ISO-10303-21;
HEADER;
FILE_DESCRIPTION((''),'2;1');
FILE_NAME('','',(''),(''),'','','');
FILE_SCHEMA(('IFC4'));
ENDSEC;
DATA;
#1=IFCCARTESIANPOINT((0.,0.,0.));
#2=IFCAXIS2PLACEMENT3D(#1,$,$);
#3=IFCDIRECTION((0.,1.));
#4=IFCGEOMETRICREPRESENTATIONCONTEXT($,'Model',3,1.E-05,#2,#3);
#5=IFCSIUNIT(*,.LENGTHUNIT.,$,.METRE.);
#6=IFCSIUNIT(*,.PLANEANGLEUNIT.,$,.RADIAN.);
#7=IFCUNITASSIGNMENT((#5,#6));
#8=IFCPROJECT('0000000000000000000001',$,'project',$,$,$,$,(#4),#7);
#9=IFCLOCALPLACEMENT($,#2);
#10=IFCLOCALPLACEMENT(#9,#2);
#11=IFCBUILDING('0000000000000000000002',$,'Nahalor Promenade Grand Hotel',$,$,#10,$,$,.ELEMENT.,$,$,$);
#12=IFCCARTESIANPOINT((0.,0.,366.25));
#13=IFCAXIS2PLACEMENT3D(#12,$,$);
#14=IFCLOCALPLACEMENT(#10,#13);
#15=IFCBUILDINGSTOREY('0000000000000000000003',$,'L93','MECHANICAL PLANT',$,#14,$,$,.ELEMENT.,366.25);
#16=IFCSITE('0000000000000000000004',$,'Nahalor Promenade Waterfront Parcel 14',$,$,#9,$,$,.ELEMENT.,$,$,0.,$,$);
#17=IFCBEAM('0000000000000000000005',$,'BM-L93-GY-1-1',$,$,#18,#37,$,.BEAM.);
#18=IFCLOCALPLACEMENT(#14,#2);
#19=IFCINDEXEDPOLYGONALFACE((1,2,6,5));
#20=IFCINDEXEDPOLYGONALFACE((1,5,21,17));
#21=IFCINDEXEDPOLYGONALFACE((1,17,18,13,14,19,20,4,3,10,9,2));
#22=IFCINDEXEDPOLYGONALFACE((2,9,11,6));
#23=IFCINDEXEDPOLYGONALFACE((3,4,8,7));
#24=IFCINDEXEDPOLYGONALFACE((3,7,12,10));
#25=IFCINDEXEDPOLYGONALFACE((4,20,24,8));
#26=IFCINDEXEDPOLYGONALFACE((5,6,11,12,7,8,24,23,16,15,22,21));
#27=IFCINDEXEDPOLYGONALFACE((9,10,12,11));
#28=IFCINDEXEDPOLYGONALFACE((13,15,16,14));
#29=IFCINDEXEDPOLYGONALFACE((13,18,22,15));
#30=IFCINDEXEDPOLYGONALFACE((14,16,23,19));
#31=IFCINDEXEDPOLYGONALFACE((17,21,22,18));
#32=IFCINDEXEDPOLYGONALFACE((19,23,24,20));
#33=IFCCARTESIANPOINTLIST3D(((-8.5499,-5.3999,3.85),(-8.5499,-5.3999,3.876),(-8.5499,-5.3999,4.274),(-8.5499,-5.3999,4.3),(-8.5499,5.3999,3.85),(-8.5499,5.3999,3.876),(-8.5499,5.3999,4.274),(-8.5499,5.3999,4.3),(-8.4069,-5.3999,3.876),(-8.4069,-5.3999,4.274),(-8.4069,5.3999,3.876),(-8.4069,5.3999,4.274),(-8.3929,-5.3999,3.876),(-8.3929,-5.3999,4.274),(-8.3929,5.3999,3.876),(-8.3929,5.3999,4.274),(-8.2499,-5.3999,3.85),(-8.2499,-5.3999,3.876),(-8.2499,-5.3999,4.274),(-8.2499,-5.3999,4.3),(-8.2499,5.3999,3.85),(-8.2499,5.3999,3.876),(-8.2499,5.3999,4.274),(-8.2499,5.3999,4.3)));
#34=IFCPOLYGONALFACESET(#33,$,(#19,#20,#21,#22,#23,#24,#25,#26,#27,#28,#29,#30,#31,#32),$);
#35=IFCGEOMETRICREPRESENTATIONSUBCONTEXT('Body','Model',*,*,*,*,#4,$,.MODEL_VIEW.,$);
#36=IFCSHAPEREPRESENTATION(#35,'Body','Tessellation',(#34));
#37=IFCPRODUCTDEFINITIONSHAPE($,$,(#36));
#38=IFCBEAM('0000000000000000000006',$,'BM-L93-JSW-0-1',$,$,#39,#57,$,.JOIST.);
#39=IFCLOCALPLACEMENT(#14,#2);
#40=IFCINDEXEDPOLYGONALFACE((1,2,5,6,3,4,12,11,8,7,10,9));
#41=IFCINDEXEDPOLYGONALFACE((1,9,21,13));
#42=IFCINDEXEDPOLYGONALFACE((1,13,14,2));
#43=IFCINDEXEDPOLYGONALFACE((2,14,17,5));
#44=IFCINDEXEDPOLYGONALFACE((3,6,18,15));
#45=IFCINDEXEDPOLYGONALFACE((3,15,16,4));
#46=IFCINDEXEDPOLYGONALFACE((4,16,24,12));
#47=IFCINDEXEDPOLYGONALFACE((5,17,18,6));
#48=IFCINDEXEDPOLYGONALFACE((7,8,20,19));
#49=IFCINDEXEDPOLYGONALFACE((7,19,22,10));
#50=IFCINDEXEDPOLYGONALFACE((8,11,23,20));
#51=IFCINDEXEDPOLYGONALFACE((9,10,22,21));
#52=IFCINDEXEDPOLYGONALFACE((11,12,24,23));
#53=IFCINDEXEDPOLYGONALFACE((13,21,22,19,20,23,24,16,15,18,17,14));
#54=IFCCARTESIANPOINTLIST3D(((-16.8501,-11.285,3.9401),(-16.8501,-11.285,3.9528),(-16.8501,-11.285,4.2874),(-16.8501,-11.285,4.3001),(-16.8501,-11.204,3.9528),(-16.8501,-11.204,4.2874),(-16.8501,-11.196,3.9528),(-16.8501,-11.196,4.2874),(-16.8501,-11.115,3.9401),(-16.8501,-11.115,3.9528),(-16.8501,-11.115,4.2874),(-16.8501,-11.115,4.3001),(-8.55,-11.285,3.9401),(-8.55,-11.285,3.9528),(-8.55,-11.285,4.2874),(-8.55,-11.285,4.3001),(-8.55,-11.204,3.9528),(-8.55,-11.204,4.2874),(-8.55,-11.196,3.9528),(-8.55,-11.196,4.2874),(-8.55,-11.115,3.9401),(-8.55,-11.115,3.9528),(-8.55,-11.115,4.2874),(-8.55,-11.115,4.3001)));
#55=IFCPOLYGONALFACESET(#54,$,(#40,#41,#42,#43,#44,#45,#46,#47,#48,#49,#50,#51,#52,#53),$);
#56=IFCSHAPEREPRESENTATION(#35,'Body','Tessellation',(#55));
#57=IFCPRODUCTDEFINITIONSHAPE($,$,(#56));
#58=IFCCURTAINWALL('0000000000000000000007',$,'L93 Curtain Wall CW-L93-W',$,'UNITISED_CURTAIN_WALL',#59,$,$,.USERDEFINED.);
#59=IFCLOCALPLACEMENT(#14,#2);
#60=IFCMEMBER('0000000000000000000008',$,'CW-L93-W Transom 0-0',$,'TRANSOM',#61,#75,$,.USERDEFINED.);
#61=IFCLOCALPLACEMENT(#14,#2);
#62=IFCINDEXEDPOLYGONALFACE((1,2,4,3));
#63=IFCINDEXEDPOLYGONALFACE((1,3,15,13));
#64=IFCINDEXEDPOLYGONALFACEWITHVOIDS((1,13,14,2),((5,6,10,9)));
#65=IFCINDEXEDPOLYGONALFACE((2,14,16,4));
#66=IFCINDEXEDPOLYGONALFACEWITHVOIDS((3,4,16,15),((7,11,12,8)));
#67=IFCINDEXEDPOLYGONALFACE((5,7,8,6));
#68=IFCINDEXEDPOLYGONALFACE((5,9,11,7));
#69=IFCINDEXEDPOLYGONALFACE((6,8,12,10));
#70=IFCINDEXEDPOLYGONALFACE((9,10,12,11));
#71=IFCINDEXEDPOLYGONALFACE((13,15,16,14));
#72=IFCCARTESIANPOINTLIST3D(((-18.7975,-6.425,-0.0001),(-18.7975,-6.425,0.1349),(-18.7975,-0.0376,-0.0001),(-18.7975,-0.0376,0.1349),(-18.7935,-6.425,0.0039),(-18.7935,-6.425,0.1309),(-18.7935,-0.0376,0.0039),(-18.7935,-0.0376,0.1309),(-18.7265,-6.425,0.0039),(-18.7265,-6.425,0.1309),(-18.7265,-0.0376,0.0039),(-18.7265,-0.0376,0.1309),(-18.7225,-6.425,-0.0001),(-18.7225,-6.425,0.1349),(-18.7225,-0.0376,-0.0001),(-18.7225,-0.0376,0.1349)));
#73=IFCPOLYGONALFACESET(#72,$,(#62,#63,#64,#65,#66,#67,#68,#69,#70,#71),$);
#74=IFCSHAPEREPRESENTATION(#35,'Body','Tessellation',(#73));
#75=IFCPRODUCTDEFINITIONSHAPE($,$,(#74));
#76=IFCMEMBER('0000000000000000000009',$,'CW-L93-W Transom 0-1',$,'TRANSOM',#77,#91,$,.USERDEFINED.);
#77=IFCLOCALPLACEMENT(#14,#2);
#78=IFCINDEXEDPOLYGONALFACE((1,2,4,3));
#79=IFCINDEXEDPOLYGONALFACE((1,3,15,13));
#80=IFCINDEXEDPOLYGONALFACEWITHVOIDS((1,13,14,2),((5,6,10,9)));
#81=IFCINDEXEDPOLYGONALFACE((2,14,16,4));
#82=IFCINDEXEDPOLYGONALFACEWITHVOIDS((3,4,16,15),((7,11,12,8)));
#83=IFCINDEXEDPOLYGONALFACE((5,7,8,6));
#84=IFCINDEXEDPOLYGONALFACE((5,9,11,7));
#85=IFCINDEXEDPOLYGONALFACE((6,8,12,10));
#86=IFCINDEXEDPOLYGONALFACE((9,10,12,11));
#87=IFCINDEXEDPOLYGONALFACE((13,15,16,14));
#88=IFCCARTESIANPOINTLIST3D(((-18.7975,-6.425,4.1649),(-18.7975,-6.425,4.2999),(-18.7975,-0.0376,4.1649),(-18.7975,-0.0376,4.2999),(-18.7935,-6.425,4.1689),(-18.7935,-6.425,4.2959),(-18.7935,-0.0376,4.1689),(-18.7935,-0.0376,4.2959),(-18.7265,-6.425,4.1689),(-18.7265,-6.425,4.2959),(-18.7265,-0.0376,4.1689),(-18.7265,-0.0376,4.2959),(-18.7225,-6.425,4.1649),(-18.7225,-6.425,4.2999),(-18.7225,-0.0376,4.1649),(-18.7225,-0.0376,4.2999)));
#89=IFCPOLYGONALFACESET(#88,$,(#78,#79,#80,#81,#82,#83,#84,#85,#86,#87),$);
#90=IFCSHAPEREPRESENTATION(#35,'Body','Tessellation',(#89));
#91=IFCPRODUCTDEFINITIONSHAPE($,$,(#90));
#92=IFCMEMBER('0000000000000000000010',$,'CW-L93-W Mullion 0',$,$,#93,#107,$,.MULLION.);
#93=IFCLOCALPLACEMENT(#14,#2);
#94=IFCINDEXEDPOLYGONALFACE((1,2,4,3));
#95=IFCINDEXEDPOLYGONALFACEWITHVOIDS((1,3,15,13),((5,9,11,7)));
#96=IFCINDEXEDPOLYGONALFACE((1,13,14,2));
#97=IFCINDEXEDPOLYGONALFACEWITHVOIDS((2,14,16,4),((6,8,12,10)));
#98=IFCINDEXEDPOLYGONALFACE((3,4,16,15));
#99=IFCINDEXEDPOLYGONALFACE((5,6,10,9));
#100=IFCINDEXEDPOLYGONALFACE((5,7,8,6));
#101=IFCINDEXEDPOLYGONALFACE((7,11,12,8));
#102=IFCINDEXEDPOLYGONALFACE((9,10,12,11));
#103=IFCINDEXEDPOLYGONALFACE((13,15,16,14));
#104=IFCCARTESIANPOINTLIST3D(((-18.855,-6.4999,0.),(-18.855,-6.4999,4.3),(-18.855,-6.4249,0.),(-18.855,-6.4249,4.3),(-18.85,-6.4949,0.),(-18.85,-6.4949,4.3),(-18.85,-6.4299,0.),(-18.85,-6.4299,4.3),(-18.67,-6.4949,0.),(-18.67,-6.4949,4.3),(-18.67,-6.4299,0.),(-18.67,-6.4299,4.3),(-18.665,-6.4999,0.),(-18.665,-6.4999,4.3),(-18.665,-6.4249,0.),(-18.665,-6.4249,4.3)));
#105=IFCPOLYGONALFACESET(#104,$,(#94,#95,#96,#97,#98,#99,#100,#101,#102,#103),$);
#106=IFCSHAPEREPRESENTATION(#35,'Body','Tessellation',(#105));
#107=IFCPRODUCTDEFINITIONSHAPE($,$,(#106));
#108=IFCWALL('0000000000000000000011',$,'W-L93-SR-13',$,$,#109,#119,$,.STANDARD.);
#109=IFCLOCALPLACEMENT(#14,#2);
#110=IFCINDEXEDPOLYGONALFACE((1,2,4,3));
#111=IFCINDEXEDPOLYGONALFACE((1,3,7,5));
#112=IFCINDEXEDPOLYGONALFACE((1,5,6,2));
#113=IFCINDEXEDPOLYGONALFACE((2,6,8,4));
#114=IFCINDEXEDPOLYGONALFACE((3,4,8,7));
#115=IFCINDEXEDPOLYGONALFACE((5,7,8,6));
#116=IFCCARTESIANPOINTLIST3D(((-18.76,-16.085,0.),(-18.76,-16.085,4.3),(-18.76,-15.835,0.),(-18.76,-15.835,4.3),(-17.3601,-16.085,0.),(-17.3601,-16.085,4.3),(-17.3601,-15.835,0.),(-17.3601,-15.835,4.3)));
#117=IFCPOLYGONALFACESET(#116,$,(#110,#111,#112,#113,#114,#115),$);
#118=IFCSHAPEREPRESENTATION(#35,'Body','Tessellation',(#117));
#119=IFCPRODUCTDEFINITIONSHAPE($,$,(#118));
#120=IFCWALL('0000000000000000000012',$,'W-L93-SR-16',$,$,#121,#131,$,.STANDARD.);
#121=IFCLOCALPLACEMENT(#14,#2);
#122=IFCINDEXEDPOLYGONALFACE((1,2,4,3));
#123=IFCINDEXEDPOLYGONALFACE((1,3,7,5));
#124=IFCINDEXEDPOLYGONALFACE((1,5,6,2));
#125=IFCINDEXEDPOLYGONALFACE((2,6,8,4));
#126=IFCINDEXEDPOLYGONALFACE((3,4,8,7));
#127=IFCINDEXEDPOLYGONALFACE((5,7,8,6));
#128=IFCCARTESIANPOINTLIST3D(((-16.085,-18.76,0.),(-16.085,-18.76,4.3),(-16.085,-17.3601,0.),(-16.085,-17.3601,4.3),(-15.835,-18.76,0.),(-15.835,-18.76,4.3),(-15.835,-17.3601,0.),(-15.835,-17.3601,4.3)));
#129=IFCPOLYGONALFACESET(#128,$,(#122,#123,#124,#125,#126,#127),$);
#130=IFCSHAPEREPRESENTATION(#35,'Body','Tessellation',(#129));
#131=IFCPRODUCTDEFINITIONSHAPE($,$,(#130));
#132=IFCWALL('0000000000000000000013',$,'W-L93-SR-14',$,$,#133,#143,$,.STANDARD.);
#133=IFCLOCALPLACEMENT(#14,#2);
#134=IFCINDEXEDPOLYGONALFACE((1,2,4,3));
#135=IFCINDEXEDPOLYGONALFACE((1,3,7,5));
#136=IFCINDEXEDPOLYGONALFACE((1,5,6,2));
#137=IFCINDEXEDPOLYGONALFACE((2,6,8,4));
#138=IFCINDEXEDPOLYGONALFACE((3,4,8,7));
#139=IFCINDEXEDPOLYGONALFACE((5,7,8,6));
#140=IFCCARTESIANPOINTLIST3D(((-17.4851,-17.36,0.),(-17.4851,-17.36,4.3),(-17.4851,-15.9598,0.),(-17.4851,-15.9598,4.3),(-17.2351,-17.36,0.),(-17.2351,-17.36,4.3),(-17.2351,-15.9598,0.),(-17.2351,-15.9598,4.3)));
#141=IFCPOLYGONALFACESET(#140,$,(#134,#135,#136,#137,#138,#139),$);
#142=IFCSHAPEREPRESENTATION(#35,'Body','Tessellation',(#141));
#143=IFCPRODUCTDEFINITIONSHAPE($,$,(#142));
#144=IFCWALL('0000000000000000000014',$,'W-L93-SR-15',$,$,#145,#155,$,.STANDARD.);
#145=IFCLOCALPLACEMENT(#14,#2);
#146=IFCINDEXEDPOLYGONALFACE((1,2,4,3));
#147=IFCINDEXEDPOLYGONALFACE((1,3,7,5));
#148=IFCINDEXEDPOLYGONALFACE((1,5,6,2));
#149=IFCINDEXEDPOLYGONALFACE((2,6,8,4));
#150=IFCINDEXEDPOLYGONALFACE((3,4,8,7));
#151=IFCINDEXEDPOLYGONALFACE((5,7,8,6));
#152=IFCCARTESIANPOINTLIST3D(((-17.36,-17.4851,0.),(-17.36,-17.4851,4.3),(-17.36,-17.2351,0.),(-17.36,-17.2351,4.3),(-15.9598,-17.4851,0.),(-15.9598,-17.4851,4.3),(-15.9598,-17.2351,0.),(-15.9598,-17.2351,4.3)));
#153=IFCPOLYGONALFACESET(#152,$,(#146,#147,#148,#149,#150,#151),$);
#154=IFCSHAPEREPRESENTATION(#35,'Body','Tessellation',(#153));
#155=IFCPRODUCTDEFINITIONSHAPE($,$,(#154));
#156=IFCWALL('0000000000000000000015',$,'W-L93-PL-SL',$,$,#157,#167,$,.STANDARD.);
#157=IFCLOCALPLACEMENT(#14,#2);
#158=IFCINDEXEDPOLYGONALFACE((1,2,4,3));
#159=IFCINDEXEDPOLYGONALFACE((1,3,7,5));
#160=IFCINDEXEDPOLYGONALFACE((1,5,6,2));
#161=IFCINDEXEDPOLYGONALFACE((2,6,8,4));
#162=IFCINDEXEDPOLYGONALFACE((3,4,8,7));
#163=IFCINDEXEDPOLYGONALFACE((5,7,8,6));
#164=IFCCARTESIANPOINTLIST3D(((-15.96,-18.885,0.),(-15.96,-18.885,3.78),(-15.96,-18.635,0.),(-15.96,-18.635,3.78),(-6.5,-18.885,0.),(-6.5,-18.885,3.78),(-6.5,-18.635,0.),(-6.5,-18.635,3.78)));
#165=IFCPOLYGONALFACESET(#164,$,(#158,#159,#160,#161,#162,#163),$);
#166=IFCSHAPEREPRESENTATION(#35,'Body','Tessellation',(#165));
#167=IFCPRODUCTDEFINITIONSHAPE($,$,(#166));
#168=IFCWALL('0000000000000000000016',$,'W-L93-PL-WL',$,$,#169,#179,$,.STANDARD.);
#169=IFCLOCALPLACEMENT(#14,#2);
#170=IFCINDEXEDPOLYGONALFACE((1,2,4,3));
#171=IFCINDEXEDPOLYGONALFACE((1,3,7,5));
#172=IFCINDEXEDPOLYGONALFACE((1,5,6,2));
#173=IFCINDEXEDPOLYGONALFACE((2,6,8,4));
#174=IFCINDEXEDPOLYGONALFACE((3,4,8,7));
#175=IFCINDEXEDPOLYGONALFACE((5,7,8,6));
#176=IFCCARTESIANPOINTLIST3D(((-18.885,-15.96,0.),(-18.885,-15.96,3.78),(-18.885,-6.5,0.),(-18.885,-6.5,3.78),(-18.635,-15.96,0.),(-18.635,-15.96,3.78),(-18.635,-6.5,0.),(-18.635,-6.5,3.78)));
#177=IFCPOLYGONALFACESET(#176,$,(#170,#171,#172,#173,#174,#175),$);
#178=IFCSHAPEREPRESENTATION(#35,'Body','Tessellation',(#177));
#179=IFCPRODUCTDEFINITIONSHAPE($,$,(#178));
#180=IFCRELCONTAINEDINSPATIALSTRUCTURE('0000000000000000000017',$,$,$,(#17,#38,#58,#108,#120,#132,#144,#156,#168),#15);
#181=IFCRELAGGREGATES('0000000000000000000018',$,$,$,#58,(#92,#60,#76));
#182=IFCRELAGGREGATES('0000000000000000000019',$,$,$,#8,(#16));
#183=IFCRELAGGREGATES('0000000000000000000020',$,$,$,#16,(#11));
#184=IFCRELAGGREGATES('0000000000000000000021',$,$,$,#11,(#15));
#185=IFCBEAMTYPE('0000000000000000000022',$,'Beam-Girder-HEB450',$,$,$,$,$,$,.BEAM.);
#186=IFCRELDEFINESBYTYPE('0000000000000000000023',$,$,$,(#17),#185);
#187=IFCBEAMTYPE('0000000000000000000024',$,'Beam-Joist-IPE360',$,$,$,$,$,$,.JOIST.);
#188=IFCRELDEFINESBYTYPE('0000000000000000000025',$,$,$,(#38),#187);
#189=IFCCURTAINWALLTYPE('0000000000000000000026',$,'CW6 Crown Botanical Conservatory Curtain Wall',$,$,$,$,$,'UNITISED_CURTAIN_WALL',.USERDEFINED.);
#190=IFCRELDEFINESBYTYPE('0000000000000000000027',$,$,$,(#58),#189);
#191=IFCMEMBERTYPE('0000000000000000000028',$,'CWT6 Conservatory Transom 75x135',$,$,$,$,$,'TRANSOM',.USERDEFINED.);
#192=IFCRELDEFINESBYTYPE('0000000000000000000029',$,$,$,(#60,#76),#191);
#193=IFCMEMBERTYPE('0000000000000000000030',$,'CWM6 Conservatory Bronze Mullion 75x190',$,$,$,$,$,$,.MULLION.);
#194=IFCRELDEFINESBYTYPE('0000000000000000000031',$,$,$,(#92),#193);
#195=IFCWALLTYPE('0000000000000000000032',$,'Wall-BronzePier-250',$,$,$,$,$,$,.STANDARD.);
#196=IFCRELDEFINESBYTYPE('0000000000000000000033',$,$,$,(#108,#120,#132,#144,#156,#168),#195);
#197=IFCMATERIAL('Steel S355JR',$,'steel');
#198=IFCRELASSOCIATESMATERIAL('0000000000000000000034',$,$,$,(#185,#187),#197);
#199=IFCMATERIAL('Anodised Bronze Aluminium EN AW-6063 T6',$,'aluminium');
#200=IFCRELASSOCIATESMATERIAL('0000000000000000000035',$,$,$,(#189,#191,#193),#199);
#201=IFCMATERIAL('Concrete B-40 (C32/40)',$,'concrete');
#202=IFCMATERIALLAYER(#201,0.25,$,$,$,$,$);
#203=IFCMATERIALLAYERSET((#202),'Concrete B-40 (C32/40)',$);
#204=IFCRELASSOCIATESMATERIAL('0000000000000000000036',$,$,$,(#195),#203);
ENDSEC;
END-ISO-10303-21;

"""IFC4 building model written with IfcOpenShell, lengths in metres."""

from ifc_helpers import new_model, si_unit, direction, frame, frame_2d, origin, origin_2d, place, context, subcontext, project, spatial, rectangle, hollow_rectangle, i_section, extrude, source, transform, mapped, material, layer, layer_set, material_profile, profile_set, type_object, element, aggregate, save


model = new_model("IFC4")

# Units and contexts
model_context = context("Model", 3, precision=1e-05, world=origin(), true_north=direction((0.0, 1.0)))
body_context = subcontext(model_context, "Body", "Model", "MODEL_VIEW")
ifc_project = project(units=[si_unit("LENGTHUNIT", "METRE"), si_unit("PLANEANGLEUNIT", "RADIAN")], contexts=[model_context])

# Site, building, storey
site_placement = place(None, origin())
site = spatial("IfcSite", under=ifc_project, at=site_placement, Name="Nahalor Promenade Waterfront Parcel 14", CompositionType="ELEMENT", RefElevation=0.0)
building_placement = place(site_placement, origin())
building = spatial("IfcBuilding", under=site, at=building_placement, Name="Nahalor Promenade Grand Hotel", CompositionType="ELEMENT")
storey_placement = place(building_placement, frame((0.0, 0.0, 366.25)))
storey = spatial("IfcBuildingStorey", under=building, at=storey_placement, Name="L93", Description="MECHANICAL PLANT", CompositionType="ELEMENT", Elevation=366.25)

# Beams
ifc_material_1 = material(Name="Steel S355JR", Category="steel")
ifc_material_profile_1 = material_profile(ifc_material_1, i_section(OverallWidth=0.3, OverallDepth=0.45, WebThickness=0.014, FlangeThickness=0.026, at=origin_2d()), Name="HEB 450")
ifc_profile_set_1 = profile_set([ifc_material_profile_1], Name="Steel S355JR")
beam_type_1 = type_object("IfcBeamType", Name="Beam-Girder-HEB450", PredefinedType="BEAM", material=ifc_profile_set_1)
shared_shape_1 = source(origin(), body_context, "Body", "SweptSolid", [
    extrude(i_section(OverallWidth=0.3, OverallDepth=0.45, WebThickness=0.014, FlangeThickness=0.026, at=origin_2d()), origin(), (0.0, 0.0, 1.0), 10.7998),
])
for number, where, z_axis, x_axis, name in (
    (1, (-8.3999, -5.3999, 4.075), (0.0, 1.0, 0.0), (-1.0, 0.0, 0.0), "BM-L93-GY-1-1"),
):
    element("IfcBeam", number, at=place(storey_placement, frame(where, z_axis=z_axis, x_axis=x_axis)), inside=storey, type_object=beam_type_1, Name=name, PredefinedType="BEAM", context=body_context, shape_type="MappedRepresentation", body=[
        mapped(shared_shape_1, transform((0.0, 0.0, 0.0), scale=1.0)),
    ])
ifc_material_profile_2 = material_profile(ifc_material_1, i_section(OverallWidth=0.17, OverallDepth=0.36, WebThickness=0.008, FlangeThickness=0.0127, at=origin_2d()), Name="IPE 360")
ifc_profile_set_2 = profile_set([ifc_material_profile_2], Name="Steel S355JR")
beam_type_2 = type_object("IfcBeamType", Name="Beam-Joist-IPE360", PredefinedType="JOIST", material=ifc_profile_set_2)
shared_shape_2 = source(origin(), body_context, "Body", "SweptSolid", [
    extrude(i_section(OverallWidth=0.17, OverallDepth=0.36, WebThickness=0.008, FlangeThickness=0.0127, at=origin_2d()), origin(), (0.0, 0.0, 1.0), 8.3),
])
beam_placement = place(storey_placement, frame((-16.8501, -11.2, 4.1201), z_axis=(1.0, 0.0, 0.0), x_axis=(0.0, 1.0, 0.0)))
element("IfcBeam", 2, at=beam_placement, inside=storey, type_object=beam_type_2, Name="BM-L93-JSW-0-1", PredefinedType="JOIST", context=body_context, shape_type="MappedRepresentation", body=[
    mapped(shared_shape_2, transform((0.0, 0.0, 0.0), scale=1.0)),
])

# Curtain wall, members
ifc_material_2 = material(Name="Anodised Bronze Aluminium EN AW-6063 T6", Category="aluminium")
curtain_wall_type = type_object("IfcCurtainWallType", Name="CW6 Crown Botanical Conservatory Curtain Wall", ElementType="UNITISED_CURTAIN_WALL", PredefinedType="USERDEFINED", material=ifc_material_2)
curtain_wall_placement = place(storey_placement, origin())
curtain_wall = element("IfcCurtainWall", 3, at=curtain_wall_placement, inside=storey, type_object=curtain_wall_type, Name="L93 Curtain Wall CW-L93-W", ObjectType="UNITISED_CURTAIN_WALL", PredefinedType="USERDEFINED")
ifc_material_profile_3 = material_profile(ifc_material_2, hollow_rectangle(XDim=0.075, YDim=0.135, WallThickness=0.004, at=origin_2d()), Name="CWT 75x135x4")
ifc_profile_set_3 = profile_set([ifc_material_profile_3], Name="Anodised Bronze Aluminium EN AW-6063 T6")
member_type_1 = type_object("IfcMemberType", Name="CWT6 Conservatory Transom 75x135", ElementType="TRANSOM", PredefinedType="USERDEFINED", material=ifc_profile_set_3)
shared_shape_3 = source(origin(), body_context, "Body", "SweptSolid", [
    extrude(hollow_rectangle(XDim=0.075, YDim=0.135, WallThickness=0.004, at=origin_2d()), origin(), (0.0, 0.0, 1.0), 6.3875),
])
member_1_placement = place(storey_placement, frame((-18.76, -6.425, 0.0674), z_axis=(0.0, 1.0, 0.0), x_axis=(-1.0, 0.0, 0.0)))
member_1 = element("IfcMember", 4, at=member_1_placement, type_object=member_type_1, Name="CW-L93-W Transom 0-0", ObjectType="TRANSOM", PredefinedType="USERDEFINED", context=body_context, shape_type="MappedRepresentation", body=[
    mapped(shared_shape_3, transform((0.0, 0.0, 0.0), scale=1.0)),
])
member_2_placement = place(storey_placement, frame((-18.76, -6.425, 4.2324), z_axis=(0.0, 1.0, 0.0), x_axis=(-1.0, 0.0, 0.0)))
member_2 = element("IfcMember", 5, at=member_2_placement, type_object=member_type_1, Name="CW-L93-W Transom 0-1", ObjectType="TRANSOM", PredefinedType="USERDEFINED", context=body_context, shape_type="MappedRepresentation", body=[
    mapped(shared_shape_3, transform((0.0, 0.0, 0.0), scale=1.0)),
])
ifc_material_profile_4 = material_profile(ifc_material_2, hollow_rectangle(XDim=0.075, YDim=0.19, WallThickness=0.005, at=origin_2d()), Name="CWM 75x190x5")
ifc_profile_set_4 = profile_set([ifc_material_profile_4], Name="Anodised Bronze Aluminium EN AW-6063 T6")
member_type_2 = type_object("IfcMemberType", Name="CWM6 Conservatory Bronze Mullion 75x190", PredefinedType="MULLION", material=ifc_profile_set_4)
shared_shape_4 = source(origin(), body_context, "Body", "SweptSolid", [
    extrude(hollow_rectangle(XDim=0.075, YDim=0.19, WallThickness=0.005, at=origin_2d()), origin(), (0.0, 0.0, 1.0), 4.3),
])
member_3_placement = place(storey_placement, frame((-18.76, -6.4624, 0.0), z_axis=(0.0, 0.0, 1.0), x_axis=(0.0, 1.0, 0.0)))
member_3 = element("IfcMember", 6, at=member_3_placement, type_object=member_type_2, Name="CW-L93-W Mullion 0", PredefinedType="MULLION", context=body_context, shape_type="MappedRepresentation", body=[
    mapped(shared_shape_4, transform((0.0, 0.0, 0.0), scale=1.0)),
])
aggregate(curtain_wall, [member_3, member_1, member_2])

# Walls
ifc_material_3 = material(Name="Concrete B-40 (C32/40)", Category="concrete")
ifc_layer_1 = layer(ifc_material_3, 0.25)
ifc_layer_set_1 = layer_set([ifc_layer_1], Name="Concrete B-40 (C32/40)")
wall_type_1 = type_object("IfcWallType", Name="Wall-BronzePier-250", PredefinedType="STANDARD", material=ifc_layer_set_1)
shared_shape_5 = source(origin(), body_context, "Body", "SweptSolid", [
    extrude(rectangle(XDim=1.3999, YDim=0.25, at=frame_2d((0.7, 0.0))), origin(), (0.0, 0.0, 1.0), 4.3),
])
for number, where, z_axis, x_axis, name in (
    (7, (-18.76, -15.96, 0.0), (0.0, 0.0, 1.0), (1.0, 0.0, 0.0), "W-L93-SR-13"),
    (8, (-15.96, -18.76, 0.0), (0.0, 0.0, 1.0), (0.0, 1.0, 0.0), "W-L93-SR-16"),
):
    element("IfcWall", number, at=place(storey_placement, frame(where, z_axis=z_axis, x_axis=x_axis)), inside=storey, type_object=wall_type_1, Name=name, PredefinedType="STANDARD", context=body_context, shape_type="MappedRepresentation", body=[
        mapped(shared_shape_5, transform((0.0, 0.0, 0.0), scale=1.0)),
    ])
shared_shape_6 = source(origin(), body_context, "Body", "SweptSolid", [
    extrude(rectangle(XDim=1.4001, YDim=0.25, at=frame_2d((0.7002, 0.0))), origin(), (0.0, 0.0, 1.0), 4.3),
])
for number, where, z_axis, x_axis, name in (
    (9, (-17.3601, -17.3601, 0.0), (0.0, 0.0, 1.0), (0.0, 1.0, 0.0), "W-L93-SR-14"),
    (10, (-17.3601, -17.3601, 0.0), (0.0, 0.0, 1.0), (1.0, 0.0, 0.0), "W-L93-SR-15"),
):
    element("IfcWall", number, at=place(storey_placement, frame(where, z_axis=z_axis, x_axis=x_axis)), inside=storey, type_object=wall_type_1, Name=name, PredefinedType="STANDARD", context=body_context, shape_type="MappedRepresentation", body=[
        mapped(shared_shape_6, transform((0.0, 0.0, 0.0), scale=1.0)),
    ])
shared_shape_7 = source(origin(), body_context, "Body", "SweptSolid", [
    extrude(rectangle(XDim=9.46, YDim=0.25, at=frame_2d((4.73, 0.0))), origin(), (0.0, 0.0, 1.0), 3.78),
])
for number, where, z_axis, x_axis, name in (
    (11, (-15.96, -18.76, 0.0), (0.0, 0.0, 1.0), (1.0, 0.0, 0.0), "W-L93-PL-SL"),
    (12, (-18.76, -15.96, 0.0), (0.0, 0.0, 1.0), (0.0, 1.0, 0.0), "W-L93-PL-WL"),
):
    element("IfcWall", number, at=place(storey_placement, frame(where, z_axis=z_axis, x_axis=x_axis)), inside=storey, type_object=wall_type_1, Name=name, PredefinedType="STANDARD", context=body_context, shape_type="MappedRepresentation", body=[
        mapped(shared_shape_7, transform((0.0, 0.0, 0.0), scale=1.0)),
    ])

save(model, "model.ifc")
